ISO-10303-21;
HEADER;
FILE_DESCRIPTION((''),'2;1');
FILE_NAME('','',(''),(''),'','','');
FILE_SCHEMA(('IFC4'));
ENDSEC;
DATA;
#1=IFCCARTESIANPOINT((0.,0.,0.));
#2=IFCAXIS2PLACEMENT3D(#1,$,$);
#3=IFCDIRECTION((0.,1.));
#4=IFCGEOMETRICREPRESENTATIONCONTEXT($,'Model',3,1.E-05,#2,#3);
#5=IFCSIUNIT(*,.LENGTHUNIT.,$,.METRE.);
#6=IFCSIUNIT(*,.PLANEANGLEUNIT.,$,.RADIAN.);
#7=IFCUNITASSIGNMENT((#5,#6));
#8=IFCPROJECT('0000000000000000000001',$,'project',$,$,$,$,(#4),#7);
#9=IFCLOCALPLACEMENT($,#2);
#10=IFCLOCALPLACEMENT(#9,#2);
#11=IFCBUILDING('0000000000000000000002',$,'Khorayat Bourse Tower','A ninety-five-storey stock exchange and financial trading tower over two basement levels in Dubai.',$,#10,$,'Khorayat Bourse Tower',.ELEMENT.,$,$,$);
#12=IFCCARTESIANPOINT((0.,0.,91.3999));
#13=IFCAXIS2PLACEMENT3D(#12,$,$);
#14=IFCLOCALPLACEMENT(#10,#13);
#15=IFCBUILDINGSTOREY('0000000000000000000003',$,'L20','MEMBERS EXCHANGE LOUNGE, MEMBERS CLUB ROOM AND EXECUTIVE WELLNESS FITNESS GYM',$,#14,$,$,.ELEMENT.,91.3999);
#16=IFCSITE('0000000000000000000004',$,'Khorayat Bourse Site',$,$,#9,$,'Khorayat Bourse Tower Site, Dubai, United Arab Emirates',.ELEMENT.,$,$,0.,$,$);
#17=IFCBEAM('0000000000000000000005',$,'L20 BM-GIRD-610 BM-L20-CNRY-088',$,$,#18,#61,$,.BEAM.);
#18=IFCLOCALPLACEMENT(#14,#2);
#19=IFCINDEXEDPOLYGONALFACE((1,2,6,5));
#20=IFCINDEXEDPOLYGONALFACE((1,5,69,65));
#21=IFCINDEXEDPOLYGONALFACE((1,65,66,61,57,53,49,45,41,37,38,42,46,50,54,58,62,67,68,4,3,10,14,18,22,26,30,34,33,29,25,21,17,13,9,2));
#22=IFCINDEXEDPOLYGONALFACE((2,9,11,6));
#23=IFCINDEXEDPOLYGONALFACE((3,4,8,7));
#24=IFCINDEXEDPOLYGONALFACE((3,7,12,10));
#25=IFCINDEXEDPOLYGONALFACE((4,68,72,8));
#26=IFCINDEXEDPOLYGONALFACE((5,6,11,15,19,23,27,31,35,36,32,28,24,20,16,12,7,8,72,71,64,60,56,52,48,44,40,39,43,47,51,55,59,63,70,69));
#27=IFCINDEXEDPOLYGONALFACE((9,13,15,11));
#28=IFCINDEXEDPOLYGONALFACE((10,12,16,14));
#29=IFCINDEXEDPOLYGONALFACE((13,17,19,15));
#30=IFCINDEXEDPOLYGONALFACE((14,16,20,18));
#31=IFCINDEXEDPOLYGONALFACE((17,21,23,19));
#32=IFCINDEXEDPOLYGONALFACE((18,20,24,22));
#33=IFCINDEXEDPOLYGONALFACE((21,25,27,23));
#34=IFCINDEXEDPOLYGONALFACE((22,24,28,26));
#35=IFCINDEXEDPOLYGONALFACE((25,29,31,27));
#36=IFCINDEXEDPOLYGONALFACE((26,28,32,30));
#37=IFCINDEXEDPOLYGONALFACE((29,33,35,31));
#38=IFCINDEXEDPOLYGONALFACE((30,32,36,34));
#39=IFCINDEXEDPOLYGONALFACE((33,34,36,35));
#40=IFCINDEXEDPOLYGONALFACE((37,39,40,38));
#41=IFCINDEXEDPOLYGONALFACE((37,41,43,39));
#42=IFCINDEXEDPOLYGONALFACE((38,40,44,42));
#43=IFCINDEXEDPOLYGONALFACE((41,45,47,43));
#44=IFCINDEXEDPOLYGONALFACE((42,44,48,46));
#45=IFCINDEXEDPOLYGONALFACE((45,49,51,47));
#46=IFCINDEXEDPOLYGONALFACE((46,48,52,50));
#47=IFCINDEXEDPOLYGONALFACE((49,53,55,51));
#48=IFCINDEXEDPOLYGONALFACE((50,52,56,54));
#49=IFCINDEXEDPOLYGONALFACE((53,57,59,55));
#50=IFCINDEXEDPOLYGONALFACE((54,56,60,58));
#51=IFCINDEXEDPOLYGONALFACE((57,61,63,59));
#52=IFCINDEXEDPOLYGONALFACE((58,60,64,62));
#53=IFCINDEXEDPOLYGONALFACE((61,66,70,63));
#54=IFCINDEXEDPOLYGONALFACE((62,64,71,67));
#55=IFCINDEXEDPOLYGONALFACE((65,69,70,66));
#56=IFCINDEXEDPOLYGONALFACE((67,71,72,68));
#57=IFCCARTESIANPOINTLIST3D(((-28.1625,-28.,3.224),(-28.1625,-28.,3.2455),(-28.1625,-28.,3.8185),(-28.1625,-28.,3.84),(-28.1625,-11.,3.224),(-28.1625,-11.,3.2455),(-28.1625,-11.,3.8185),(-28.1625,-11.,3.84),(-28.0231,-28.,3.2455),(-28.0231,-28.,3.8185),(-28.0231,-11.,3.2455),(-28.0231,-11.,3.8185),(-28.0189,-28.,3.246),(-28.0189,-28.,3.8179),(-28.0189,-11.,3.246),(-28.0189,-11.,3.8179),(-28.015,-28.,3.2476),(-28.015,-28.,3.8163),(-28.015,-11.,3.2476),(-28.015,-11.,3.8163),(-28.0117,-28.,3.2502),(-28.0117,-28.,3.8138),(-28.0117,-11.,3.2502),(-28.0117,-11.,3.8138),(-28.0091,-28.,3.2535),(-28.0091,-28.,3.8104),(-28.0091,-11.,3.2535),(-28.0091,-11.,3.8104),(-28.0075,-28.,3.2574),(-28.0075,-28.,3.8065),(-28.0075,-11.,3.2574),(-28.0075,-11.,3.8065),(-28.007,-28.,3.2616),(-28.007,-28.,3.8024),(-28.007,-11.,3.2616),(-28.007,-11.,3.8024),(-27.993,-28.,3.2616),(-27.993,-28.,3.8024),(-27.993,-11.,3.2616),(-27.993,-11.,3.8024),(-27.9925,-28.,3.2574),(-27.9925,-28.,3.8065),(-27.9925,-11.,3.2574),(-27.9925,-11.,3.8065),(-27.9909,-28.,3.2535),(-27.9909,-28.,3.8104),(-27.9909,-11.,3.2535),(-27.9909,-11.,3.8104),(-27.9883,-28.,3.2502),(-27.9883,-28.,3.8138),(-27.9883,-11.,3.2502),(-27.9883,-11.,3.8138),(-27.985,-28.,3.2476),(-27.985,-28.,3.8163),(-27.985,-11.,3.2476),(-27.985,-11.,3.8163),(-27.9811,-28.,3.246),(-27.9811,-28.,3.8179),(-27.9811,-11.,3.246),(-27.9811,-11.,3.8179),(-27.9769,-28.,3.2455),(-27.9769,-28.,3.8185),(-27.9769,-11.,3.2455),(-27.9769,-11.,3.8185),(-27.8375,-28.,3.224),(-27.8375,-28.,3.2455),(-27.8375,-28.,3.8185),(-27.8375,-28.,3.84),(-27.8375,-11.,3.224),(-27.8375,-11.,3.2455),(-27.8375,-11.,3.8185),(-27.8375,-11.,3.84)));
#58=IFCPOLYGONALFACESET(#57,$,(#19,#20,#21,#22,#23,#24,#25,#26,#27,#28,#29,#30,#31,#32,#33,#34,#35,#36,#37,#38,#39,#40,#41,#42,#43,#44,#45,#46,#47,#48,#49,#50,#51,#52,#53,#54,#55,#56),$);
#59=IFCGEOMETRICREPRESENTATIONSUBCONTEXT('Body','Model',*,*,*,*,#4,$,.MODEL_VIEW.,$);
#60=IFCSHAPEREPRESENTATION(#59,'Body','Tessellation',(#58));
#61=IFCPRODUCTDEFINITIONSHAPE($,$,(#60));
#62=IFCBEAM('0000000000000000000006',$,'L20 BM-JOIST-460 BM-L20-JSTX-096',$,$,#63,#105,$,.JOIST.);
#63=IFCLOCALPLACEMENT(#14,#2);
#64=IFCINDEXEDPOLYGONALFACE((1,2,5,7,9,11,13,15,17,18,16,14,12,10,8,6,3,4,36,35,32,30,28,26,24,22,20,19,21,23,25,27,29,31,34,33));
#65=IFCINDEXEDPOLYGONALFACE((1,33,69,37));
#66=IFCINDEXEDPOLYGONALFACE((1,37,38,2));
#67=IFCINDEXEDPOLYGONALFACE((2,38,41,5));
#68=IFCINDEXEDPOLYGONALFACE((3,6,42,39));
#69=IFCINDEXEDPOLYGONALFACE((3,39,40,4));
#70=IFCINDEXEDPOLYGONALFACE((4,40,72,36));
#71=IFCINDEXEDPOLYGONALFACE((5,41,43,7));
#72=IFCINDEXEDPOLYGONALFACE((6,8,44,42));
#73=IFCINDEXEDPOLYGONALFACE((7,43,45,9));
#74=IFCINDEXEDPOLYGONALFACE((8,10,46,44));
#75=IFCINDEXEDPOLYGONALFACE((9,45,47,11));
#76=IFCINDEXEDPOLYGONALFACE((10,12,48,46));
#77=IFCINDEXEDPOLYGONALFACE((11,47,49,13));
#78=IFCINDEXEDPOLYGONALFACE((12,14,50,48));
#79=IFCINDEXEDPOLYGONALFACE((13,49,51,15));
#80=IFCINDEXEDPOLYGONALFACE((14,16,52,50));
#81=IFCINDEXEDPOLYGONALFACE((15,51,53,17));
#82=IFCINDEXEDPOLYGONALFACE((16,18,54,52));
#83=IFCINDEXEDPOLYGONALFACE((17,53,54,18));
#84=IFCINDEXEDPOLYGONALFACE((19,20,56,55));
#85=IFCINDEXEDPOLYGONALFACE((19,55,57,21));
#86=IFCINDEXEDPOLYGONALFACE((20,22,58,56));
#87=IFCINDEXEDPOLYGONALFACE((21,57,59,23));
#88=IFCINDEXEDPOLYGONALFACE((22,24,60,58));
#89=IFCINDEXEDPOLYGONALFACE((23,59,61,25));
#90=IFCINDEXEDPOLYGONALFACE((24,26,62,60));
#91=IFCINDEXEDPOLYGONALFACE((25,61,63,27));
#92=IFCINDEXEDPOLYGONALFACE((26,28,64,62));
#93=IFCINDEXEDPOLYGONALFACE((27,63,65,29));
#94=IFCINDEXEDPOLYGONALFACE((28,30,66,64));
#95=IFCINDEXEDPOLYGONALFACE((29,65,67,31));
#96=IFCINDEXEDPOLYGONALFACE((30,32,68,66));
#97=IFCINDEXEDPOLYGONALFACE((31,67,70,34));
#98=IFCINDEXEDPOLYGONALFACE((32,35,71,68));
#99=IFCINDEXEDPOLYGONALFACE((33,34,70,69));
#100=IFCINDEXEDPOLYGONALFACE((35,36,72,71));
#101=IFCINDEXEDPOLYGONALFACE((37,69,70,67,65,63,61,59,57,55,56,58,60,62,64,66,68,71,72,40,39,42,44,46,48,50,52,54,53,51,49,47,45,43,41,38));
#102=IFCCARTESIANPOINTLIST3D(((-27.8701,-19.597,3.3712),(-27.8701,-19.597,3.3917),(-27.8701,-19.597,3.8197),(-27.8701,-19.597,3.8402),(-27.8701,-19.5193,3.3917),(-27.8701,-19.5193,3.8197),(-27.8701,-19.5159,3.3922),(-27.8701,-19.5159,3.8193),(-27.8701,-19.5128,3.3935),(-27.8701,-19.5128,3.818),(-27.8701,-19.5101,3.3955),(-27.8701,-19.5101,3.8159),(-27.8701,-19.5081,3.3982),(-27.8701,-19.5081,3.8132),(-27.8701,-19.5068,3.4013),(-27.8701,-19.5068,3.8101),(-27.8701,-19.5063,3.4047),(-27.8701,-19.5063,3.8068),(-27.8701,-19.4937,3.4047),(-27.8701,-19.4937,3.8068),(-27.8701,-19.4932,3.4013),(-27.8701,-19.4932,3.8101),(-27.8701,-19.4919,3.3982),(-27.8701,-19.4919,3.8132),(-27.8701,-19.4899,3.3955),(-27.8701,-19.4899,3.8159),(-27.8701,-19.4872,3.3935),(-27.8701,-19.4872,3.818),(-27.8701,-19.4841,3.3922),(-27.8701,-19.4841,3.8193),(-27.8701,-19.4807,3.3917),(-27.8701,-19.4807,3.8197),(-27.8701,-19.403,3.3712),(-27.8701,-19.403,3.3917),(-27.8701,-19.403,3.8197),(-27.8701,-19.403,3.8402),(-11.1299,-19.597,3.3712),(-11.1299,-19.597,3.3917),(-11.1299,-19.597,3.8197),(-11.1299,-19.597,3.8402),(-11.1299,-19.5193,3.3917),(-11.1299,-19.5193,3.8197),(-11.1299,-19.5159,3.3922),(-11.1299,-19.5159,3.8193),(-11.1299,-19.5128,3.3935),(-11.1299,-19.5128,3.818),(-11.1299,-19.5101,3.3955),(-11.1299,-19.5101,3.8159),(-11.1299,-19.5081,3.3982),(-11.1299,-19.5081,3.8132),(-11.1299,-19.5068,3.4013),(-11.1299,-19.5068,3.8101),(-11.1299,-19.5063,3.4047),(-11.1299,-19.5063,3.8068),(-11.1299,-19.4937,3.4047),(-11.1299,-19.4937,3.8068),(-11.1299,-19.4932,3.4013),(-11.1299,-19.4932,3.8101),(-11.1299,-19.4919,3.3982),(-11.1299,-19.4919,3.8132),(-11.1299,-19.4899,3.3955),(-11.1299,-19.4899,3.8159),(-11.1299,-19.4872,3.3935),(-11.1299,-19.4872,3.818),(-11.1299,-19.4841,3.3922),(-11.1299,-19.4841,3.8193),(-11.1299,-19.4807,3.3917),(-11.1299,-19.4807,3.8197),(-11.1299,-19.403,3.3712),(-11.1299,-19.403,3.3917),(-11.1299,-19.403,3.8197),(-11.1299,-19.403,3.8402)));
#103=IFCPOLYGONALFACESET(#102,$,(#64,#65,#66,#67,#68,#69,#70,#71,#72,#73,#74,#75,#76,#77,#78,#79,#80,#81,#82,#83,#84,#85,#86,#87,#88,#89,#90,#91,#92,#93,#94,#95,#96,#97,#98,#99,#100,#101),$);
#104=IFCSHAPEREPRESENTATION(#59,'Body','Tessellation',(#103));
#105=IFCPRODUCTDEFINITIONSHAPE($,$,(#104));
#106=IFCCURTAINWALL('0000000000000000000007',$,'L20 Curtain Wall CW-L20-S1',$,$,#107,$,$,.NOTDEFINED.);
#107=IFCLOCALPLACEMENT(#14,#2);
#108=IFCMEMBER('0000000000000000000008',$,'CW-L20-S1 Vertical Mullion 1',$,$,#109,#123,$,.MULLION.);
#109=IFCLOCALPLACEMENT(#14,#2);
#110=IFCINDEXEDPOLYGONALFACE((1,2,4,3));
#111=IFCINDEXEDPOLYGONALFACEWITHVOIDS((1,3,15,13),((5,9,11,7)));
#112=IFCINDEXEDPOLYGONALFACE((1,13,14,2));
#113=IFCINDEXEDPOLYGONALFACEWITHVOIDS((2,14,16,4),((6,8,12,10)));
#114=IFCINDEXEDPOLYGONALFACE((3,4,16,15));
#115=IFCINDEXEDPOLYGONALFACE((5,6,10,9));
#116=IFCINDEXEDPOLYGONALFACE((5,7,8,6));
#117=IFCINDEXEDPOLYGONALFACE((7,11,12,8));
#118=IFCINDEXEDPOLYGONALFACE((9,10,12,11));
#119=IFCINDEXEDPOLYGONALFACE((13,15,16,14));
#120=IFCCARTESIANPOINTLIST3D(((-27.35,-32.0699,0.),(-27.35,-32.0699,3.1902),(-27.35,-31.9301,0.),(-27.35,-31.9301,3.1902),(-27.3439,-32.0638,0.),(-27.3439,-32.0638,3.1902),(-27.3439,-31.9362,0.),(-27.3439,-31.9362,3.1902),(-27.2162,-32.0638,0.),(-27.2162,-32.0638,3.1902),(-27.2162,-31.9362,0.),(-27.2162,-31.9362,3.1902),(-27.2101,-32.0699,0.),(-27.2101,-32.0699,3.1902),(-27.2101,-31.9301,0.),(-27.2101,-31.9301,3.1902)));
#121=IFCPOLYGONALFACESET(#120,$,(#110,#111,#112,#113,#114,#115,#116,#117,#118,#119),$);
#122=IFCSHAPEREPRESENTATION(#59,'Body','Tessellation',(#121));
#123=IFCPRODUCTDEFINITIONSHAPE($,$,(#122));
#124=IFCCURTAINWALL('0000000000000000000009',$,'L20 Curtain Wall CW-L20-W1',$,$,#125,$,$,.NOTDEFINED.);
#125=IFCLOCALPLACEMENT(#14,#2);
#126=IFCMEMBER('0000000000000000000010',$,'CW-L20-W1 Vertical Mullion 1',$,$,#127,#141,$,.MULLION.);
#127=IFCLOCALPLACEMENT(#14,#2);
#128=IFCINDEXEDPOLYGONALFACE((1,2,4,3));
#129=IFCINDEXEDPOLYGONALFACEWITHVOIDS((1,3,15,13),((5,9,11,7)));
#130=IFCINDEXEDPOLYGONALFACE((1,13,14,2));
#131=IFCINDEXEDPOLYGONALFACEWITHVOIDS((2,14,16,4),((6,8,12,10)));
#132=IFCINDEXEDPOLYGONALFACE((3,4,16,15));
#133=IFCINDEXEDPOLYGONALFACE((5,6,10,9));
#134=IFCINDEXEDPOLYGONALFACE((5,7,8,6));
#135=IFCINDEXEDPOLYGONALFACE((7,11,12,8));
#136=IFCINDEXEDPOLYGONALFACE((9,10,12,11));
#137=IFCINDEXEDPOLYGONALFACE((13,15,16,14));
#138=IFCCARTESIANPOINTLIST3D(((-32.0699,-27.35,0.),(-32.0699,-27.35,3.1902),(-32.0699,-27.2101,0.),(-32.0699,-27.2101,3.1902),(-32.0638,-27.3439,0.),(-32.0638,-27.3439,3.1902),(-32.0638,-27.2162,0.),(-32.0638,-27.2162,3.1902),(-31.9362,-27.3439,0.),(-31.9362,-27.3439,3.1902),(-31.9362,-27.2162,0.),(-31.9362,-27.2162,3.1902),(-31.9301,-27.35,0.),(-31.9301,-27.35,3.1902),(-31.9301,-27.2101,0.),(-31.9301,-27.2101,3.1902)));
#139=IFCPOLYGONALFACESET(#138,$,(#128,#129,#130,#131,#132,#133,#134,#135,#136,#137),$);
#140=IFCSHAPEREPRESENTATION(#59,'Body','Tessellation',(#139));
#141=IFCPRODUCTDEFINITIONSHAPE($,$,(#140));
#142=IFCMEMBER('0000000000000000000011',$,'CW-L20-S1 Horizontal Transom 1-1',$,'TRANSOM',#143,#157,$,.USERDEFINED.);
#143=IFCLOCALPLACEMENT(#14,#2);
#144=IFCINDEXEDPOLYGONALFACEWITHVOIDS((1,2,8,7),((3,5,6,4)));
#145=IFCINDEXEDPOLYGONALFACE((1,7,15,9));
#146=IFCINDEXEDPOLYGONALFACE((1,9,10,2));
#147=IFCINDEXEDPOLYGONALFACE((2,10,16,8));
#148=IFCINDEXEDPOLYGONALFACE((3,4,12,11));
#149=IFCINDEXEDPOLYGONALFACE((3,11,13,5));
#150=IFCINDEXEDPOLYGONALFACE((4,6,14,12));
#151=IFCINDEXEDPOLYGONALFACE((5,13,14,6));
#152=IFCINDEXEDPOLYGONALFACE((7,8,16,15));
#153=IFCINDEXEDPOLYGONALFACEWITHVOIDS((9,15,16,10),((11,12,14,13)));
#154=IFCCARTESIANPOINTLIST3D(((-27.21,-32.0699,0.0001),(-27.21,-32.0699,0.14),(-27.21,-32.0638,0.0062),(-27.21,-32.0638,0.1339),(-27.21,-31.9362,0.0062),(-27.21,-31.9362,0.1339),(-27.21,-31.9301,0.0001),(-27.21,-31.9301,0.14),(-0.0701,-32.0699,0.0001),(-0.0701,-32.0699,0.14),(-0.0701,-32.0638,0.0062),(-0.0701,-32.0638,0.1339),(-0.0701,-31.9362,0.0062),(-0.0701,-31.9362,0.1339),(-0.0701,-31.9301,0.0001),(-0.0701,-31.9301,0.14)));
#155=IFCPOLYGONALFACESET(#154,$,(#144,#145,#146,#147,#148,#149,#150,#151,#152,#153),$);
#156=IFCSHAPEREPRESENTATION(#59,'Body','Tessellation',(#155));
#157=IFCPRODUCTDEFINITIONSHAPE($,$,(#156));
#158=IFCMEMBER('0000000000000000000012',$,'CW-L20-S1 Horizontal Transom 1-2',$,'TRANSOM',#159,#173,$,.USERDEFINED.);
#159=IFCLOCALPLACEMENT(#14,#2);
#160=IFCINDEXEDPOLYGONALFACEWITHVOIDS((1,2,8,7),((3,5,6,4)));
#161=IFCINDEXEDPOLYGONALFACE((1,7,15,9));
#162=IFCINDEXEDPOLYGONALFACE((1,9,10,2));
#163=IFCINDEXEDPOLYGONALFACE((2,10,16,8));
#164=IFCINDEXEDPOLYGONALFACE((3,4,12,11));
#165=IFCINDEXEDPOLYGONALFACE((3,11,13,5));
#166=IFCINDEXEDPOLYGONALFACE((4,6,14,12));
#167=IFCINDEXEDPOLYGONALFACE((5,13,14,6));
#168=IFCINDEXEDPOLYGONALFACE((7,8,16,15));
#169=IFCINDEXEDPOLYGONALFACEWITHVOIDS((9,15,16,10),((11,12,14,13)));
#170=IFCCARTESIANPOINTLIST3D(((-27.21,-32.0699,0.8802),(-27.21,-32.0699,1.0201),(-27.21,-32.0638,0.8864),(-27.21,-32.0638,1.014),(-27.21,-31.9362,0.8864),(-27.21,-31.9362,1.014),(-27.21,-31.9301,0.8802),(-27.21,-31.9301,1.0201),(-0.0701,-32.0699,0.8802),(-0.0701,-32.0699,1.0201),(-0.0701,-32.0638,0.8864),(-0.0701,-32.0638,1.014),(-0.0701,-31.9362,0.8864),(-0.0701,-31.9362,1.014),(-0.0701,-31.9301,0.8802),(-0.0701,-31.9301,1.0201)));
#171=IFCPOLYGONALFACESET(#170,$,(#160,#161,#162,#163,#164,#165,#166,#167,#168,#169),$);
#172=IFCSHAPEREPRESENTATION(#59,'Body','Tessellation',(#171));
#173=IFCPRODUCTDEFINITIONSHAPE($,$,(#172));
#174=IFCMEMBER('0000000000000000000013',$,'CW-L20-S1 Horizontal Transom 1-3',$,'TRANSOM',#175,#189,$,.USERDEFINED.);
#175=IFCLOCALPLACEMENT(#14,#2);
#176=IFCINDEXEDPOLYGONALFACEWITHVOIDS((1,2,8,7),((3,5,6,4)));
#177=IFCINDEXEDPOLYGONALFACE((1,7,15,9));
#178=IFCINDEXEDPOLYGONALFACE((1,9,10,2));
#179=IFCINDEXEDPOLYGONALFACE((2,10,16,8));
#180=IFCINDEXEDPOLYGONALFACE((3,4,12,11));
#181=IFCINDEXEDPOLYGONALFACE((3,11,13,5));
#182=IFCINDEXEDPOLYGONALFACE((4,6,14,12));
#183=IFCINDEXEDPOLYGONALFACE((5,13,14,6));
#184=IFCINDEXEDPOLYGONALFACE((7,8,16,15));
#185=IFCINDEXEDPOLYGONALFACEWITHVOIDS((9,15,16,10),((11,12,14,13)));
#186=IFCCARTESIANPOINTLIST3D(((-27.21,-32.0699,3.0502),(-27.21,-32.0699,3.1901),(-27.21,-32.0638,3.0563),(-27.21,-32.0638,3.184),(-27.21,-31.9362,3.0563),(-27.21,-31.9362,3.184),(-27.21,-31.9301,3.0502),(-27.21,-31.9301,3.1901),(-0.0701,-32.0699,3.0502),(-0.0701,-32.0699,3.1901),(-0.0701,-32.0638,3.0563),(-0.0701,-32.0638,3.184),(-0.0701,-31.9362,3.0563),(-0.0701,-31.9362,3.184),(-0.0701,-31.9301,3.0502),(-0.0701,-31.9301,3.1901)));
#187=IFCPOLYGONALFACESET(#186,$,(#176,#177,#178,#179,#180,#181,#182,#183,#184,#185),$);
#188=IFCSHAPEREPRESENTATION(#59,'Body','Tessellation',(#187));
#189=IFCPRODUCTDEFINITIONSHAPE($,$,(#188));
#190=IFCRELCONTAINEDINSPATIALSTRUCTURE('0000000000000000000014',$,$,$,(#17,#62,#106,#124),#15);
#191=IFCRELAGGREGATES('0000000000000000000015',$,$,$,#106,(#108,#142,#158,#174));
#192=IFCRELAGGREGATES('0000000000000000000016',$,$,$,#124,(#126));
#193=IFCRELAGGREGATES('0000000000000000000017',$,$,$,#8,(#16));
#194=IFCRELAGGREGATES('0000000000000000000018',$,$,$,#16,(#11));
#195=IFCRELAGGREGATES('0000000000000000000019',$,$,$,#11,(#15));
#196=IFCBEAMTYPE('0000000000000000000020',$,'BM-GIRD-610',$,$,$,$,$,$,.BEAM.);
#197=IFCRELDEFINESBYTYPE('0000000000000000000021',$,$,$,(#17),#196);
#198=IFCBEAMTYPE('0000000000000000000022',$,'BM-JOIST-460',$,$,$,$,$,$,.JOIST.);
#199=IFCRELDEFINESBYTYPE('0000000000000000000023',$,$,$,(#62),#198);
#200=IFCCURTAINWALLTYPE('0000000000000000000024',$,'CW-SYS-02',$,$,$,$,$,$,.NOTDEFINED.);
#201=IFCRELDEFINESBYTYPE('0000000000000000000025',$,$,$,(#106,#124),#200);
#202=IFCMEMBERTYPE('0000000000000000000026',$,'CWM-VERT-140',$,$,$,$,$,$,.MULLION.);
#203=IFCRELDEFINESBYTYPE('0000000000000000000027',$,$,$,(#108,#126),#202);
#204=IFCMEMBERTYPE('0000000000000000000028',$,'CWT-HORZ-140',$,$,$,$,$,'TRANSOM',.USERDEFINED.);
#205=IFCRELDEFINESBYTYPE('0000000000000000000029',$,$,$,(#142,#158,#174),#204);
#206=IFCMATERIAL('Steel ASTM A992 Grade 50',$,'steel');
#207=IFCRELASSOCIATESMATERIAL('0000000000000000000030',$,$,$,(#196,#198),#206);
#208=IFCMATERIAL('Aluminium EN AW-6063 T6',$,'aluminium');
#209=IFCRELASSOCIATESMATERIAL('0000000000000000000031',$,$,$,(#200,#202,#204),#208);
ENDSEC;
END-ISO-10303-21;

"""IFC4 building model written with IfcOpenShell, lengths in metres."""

from ifc_helpers import new_model, si_unit, direction, frame, origin, origin_2d, place, context, subcontext, project, spatial, hollow_rectangle, i_section, extrude, source, transform, mapped, material, material_profile, profile_set, type_object, element, aggregate, save


model = new_model("IFC4")

# Units and contexts
model_context = context("Model", 3, precision=1e-05, world=origin(), true_north=direction((0.0, 1.0)))
body_context = subcontext(model_context, "Body", "Model", "MODEL_VIEW")
ifc_project = project(units=[si_unit("LENGTHUNIT", "METRE"), si_unit("PLANEANGLEUNIT", "RADIAN")], contexts=[model_context])

# Site, building, storey
site_placement = place(None, origin())
site = spatial("IfcSite", under=ifc_project, at=site_placement, Name="Khorayat Bourse Site", LongName="Khorayat Bourse Tower Site, Dubai, United Arab Emirates", CompositionType="ELEMENT", RefElevation=0.0)
building_placement = place(site_placement, origin())
building = spatial("IfcBuilding", under=site, at=building_placement, Name="Khorayat Bourse Tower", Description="A ninety-five-storey stock exchange and financial trading tower over two basement levels in Dubai.", LongName="Khorayat Bourse Tower", CompositionType="ELEMENT")
storey_placement = place(building_placement, frame((0.0, 0.0, 91.3999)))
storey = spatial("IfcBuildingStorey", under=building, at=storey_placement, Name="L20", Description="MEMBERS EXCHANGE LOUNGE, MEMBERS CLUB ROOM AND EXECUTIVE WELLNESS FITNESS GYM", CompositionType="ELEMENT", Elevation=91.3999)

# Beams
ifc_material_1 = material(Name="Steel ASTM A992 Grade 50", Category="steel")
ifc_material_profile_1 = material_profile(ifc_material_1, i_section(OverallWidth=0.325, OverallDepth=0.616, WebThickness=0.0139, FlangeThickness=0.0215, FilletRadius=0.0161, at=origin_2d()), Name="W610X174")
ifc_profile_set_1 = profile_set([ifc_material_profile_1], Name="Steel ASTM A992 Grade 50")
beam_type_1 = type_object("IfcBeamType", Name="BM-GIRD-610", PredefinedType="BEAM", material=ifc_profile_set_1)
shared_shape_1 = source(origin(), body_context, "Body", "SweptSolid", [
    extrude(i_section(OverallWidth=0.325, OverallDepth=0.616, WebThickness=0.0139, FlangeThickness=0.0215, FilletRadius=0.0161, at=origin_2d()), origin(), (0.0, 0.0, 1.0), 17.0),
])
beam_1_placement = place(storey_placement, frame((-28.0, -28.0, 3.532), z_axis=(0.0, 1.0, 0.0), x_axis=(-1.0, 0.0, 0.0)))
element("IfcBeam", 1, at=beam_1_placement, inside=storey, type_object=beam_type_1, Name="L20 BM-GIRD-610 BM-L20-CNRY-088", PredefinedType="BEAM", context=body_context, shape_type="MappedRepresentation", body=[
    mapped(shared_shape_1, transform((0.0, 0.0, 0.0), scale=1.0)),
])
ifc_material_profile_2 = material_profile(ifc_material_1, i_section(OverallWidth=0.1941, OverallDepth=0.469, WebThickness=0.0127, FlangeThickness=0.0205, FilletRadius=0.0129, at=origin_2d()), Name="W460X106")
ifc_profile_set_2 = profile_set([ifc_material_profile_2], Name="Steel ASTM A992 Grade 50")
beam_type_2 = type_object("IfcBeamType", Name="BM-JOIST-460", PredefinedType="JOIST", material=ifc_profile_set_2)
shared_shape_2 = source(origin(), body_context, "Body", "SweptSolid", [
    extrude(i_section(OverallWidth=0.1941, OverallDepth=0.469, WebThickness=0.0127, FlangeThickness=0.0205, FilletRadius=0.0129, at=origin_2d()), origin(), (0.0, 0.0, 1.0), 16.7402),
])
beam_2_placement = place(storey_placement, frame((-27.8701, -19.5, 3.6057), z_axis=(1.0, 0.0, 0.0), x_axis=(0.0, 1.0, 0.0)))
element("IfcBeam", 2, at=beam_2_placement, inside=storey, type_object=beam_type_2, Name="L20 BM-JOIST-460 BM-L20-JSTX-096", PredefinedType="JOIST", context=body_context, shape_type="MappedRepresentation", body=[
    mapped(shared_shape_2, transform((0.0, 0.0, 0.0), scale=1.0)),
])

# Curtain walls, members
ifc_material_2 = material(Name="Aluminium EN AW-6063 T6", Category="aluminium")
curtain_wall_type = type_object("IfcCurtainWallType", Name="CW-SYS-02", PredefinedType="NOTDEFINED", material=ifc_material_2)
curtain_wall_1_placement = place(storey_placement, origin())
curtain_wall_1 = element("IfcCurtainWall", 3, at=curtain_wall_1_placement, inside=storey, type_object=curtain_wall_type, Name="L20 Curtain Wall CW-L20-S1", PredefinedType="NOTDEFINED")
ifc_material_profile_3 = material_profile(ifc_material_2, hollow_rectangle(XDim=0.1399, YDim=0.1399, WallThickness=0.0061, at=origin_2d()), Name="ALU 140x140x6")
ifc_profile_set_3 = profile_set([ifc_material_profile_3], Name="Aluminium EN AW-6063 T6")
member_type_1 = type_object("IfcMemberType", Name="CWM-VERT-140", PredefinedType="MULLION", material=ifc_profile_set_3)
shared_shape_3 = source(origin(), body_context, "Body", "SweptSolid", [
    extrude(hollow_rectangle(XDim=0.1399, YDim=0.1399, WallThickness=0.0061, at=origin_2d()), origin(), (0.0, 0.0, 1.0), 3.1902),
])
member_1_placement = place(storey_placement, frame((-27.28, -32.0, 0.0), z_axis=(0.0, 0.0, 1.0), x_axis=(0.0, 1.0, 0.0)))
member_1 = element("IfcMember", 4, at=member_1_placement, type_object=member_type_1, Name="CW-L20-S1 Vertical Mullion 1", PredefinedType="MULLION", context=body_context, shape_type="MappedRepresentation", body=[
    mapped(shared_shape_3, transform((0.0, 0.0, 0.0), scale=1.0)),
])
curtain_wall_2_placement = place(storey_placement, origin())
curtain_wall_2 = element("IfcCurtainWall", 5, at=curtain_wall_2_placement, inside=storey, type_object=curtain_wall_type, Name="L20 Curtain Wall CW-L20-W1", PredefinedType="NOTDEFINED")
member_2_placement = place(storey_placement, frame((-32.0, -27.28, 0.0), z_axis=(0.0, 0.0, 1.0), x_axis=(-1.0, 0.0, 0.0)))
member_2 = element("IfcMember", 6, at=member_2_placement, type_object=member_type_1, Name="CW-L20-W1 Vertical Mullion 1", PredefinedType="MULLION", context=body_context, shape_type="MappedRepresentation", body=[
    mapped(shared_shape_3, transform((0.0, 0.0, 0.0), scale=1.0)),
])

# Members
ifc_material_profile_4 = material_profile(ifc_material_2, hollow_rectangle(XDim=0.1399, YDim=0.1399, WallThickness=0.0061, at=origin_2d()), Name="ALU 140x140x6")
ifc_profile_set_4 = profile_set([ifc_material_profile_4], Name="Aluminium EN AW-6063 T6")
member_type_2 = type_object("IfcMemberType", Name="CWT-HORZ-140", ElementType="TRANSOM", PredefinedType="USERDEFINED", material=ifc_profile_set_4)
shared_shape_4 = source(origin(), body_context, "Body", "SweptSolid", [
    extrude(hollow_rectangle(XDim=0.1399, YDim=0.1399, WallThickness=0.0061, at=origin_2d()), origin(), (0.0, 0.0, 1.0), 27.1399),
])
member_3_placement = place(storey_placement, frame((-27.21, -32.0, 0.0701), z_axis=(1.0, 0.0, 0.0), x_axis=(0.0, 1.0, 0.0)))
member_3 = element("IfcMember", 7, at=member_3_placement, type_object=member_type_2, Name="CW-L20-S1 Horizontal Transom 1-1", ObjectType="TRANSOM", PredefinedType="USERDEFINED", context=body_context, shape_type="MappedRepresentation", body=[
    mapped(shared_shape_4, transform((0.0, 0.0, 0.0), scale=1.0)),
])
member_4_placement = place(storey_placement, frame((-27.21, -32.0, 0.9502), z_axis=(1.0, 0.0, 0.0), x_axis=(0.0, 1.0, 0.0)))
member_4 = element("IfcMember", 8, at=member_4_placement, type_object=member_type_2, Name="CW-L20-S1 Horizontal Transom 1-2", ObjectType="TRANSOM", PredefinedType="USERDEFINED", context=body_context, shape_type="MappedRepresentation", body=[
    mapped(shared_shape_4, transform((0.0, 0.0, 0.0), scale=1.0)),
])
member_5_placement = place(storey_placement, frame((-27.21, -32.0, 3.1201), z_axis=(1.0, 0.0, 0.0), x_axis=(0.0, 1.0, 0.0)))
member_5 = element("IfcMember", 9, at=member_5_placement, type_object=member_type_2, Name="CW-L20-S1 Horizontal Transom 1-3", ObjectType="TRANSOM", PredefinedType="USERDEFINED", context=body_context, shape_type="MappedRepresentation", body=[
    mapped(shared_shape_4, transform((0.0, 0.0, 0.0), scale=1.0)),
])
aggregate(curtain_wall_1, [member_1, member_3, member_4, member_5])
aggregate(curtain_wall_2, [member_2])

save(model, "model.ifc")
